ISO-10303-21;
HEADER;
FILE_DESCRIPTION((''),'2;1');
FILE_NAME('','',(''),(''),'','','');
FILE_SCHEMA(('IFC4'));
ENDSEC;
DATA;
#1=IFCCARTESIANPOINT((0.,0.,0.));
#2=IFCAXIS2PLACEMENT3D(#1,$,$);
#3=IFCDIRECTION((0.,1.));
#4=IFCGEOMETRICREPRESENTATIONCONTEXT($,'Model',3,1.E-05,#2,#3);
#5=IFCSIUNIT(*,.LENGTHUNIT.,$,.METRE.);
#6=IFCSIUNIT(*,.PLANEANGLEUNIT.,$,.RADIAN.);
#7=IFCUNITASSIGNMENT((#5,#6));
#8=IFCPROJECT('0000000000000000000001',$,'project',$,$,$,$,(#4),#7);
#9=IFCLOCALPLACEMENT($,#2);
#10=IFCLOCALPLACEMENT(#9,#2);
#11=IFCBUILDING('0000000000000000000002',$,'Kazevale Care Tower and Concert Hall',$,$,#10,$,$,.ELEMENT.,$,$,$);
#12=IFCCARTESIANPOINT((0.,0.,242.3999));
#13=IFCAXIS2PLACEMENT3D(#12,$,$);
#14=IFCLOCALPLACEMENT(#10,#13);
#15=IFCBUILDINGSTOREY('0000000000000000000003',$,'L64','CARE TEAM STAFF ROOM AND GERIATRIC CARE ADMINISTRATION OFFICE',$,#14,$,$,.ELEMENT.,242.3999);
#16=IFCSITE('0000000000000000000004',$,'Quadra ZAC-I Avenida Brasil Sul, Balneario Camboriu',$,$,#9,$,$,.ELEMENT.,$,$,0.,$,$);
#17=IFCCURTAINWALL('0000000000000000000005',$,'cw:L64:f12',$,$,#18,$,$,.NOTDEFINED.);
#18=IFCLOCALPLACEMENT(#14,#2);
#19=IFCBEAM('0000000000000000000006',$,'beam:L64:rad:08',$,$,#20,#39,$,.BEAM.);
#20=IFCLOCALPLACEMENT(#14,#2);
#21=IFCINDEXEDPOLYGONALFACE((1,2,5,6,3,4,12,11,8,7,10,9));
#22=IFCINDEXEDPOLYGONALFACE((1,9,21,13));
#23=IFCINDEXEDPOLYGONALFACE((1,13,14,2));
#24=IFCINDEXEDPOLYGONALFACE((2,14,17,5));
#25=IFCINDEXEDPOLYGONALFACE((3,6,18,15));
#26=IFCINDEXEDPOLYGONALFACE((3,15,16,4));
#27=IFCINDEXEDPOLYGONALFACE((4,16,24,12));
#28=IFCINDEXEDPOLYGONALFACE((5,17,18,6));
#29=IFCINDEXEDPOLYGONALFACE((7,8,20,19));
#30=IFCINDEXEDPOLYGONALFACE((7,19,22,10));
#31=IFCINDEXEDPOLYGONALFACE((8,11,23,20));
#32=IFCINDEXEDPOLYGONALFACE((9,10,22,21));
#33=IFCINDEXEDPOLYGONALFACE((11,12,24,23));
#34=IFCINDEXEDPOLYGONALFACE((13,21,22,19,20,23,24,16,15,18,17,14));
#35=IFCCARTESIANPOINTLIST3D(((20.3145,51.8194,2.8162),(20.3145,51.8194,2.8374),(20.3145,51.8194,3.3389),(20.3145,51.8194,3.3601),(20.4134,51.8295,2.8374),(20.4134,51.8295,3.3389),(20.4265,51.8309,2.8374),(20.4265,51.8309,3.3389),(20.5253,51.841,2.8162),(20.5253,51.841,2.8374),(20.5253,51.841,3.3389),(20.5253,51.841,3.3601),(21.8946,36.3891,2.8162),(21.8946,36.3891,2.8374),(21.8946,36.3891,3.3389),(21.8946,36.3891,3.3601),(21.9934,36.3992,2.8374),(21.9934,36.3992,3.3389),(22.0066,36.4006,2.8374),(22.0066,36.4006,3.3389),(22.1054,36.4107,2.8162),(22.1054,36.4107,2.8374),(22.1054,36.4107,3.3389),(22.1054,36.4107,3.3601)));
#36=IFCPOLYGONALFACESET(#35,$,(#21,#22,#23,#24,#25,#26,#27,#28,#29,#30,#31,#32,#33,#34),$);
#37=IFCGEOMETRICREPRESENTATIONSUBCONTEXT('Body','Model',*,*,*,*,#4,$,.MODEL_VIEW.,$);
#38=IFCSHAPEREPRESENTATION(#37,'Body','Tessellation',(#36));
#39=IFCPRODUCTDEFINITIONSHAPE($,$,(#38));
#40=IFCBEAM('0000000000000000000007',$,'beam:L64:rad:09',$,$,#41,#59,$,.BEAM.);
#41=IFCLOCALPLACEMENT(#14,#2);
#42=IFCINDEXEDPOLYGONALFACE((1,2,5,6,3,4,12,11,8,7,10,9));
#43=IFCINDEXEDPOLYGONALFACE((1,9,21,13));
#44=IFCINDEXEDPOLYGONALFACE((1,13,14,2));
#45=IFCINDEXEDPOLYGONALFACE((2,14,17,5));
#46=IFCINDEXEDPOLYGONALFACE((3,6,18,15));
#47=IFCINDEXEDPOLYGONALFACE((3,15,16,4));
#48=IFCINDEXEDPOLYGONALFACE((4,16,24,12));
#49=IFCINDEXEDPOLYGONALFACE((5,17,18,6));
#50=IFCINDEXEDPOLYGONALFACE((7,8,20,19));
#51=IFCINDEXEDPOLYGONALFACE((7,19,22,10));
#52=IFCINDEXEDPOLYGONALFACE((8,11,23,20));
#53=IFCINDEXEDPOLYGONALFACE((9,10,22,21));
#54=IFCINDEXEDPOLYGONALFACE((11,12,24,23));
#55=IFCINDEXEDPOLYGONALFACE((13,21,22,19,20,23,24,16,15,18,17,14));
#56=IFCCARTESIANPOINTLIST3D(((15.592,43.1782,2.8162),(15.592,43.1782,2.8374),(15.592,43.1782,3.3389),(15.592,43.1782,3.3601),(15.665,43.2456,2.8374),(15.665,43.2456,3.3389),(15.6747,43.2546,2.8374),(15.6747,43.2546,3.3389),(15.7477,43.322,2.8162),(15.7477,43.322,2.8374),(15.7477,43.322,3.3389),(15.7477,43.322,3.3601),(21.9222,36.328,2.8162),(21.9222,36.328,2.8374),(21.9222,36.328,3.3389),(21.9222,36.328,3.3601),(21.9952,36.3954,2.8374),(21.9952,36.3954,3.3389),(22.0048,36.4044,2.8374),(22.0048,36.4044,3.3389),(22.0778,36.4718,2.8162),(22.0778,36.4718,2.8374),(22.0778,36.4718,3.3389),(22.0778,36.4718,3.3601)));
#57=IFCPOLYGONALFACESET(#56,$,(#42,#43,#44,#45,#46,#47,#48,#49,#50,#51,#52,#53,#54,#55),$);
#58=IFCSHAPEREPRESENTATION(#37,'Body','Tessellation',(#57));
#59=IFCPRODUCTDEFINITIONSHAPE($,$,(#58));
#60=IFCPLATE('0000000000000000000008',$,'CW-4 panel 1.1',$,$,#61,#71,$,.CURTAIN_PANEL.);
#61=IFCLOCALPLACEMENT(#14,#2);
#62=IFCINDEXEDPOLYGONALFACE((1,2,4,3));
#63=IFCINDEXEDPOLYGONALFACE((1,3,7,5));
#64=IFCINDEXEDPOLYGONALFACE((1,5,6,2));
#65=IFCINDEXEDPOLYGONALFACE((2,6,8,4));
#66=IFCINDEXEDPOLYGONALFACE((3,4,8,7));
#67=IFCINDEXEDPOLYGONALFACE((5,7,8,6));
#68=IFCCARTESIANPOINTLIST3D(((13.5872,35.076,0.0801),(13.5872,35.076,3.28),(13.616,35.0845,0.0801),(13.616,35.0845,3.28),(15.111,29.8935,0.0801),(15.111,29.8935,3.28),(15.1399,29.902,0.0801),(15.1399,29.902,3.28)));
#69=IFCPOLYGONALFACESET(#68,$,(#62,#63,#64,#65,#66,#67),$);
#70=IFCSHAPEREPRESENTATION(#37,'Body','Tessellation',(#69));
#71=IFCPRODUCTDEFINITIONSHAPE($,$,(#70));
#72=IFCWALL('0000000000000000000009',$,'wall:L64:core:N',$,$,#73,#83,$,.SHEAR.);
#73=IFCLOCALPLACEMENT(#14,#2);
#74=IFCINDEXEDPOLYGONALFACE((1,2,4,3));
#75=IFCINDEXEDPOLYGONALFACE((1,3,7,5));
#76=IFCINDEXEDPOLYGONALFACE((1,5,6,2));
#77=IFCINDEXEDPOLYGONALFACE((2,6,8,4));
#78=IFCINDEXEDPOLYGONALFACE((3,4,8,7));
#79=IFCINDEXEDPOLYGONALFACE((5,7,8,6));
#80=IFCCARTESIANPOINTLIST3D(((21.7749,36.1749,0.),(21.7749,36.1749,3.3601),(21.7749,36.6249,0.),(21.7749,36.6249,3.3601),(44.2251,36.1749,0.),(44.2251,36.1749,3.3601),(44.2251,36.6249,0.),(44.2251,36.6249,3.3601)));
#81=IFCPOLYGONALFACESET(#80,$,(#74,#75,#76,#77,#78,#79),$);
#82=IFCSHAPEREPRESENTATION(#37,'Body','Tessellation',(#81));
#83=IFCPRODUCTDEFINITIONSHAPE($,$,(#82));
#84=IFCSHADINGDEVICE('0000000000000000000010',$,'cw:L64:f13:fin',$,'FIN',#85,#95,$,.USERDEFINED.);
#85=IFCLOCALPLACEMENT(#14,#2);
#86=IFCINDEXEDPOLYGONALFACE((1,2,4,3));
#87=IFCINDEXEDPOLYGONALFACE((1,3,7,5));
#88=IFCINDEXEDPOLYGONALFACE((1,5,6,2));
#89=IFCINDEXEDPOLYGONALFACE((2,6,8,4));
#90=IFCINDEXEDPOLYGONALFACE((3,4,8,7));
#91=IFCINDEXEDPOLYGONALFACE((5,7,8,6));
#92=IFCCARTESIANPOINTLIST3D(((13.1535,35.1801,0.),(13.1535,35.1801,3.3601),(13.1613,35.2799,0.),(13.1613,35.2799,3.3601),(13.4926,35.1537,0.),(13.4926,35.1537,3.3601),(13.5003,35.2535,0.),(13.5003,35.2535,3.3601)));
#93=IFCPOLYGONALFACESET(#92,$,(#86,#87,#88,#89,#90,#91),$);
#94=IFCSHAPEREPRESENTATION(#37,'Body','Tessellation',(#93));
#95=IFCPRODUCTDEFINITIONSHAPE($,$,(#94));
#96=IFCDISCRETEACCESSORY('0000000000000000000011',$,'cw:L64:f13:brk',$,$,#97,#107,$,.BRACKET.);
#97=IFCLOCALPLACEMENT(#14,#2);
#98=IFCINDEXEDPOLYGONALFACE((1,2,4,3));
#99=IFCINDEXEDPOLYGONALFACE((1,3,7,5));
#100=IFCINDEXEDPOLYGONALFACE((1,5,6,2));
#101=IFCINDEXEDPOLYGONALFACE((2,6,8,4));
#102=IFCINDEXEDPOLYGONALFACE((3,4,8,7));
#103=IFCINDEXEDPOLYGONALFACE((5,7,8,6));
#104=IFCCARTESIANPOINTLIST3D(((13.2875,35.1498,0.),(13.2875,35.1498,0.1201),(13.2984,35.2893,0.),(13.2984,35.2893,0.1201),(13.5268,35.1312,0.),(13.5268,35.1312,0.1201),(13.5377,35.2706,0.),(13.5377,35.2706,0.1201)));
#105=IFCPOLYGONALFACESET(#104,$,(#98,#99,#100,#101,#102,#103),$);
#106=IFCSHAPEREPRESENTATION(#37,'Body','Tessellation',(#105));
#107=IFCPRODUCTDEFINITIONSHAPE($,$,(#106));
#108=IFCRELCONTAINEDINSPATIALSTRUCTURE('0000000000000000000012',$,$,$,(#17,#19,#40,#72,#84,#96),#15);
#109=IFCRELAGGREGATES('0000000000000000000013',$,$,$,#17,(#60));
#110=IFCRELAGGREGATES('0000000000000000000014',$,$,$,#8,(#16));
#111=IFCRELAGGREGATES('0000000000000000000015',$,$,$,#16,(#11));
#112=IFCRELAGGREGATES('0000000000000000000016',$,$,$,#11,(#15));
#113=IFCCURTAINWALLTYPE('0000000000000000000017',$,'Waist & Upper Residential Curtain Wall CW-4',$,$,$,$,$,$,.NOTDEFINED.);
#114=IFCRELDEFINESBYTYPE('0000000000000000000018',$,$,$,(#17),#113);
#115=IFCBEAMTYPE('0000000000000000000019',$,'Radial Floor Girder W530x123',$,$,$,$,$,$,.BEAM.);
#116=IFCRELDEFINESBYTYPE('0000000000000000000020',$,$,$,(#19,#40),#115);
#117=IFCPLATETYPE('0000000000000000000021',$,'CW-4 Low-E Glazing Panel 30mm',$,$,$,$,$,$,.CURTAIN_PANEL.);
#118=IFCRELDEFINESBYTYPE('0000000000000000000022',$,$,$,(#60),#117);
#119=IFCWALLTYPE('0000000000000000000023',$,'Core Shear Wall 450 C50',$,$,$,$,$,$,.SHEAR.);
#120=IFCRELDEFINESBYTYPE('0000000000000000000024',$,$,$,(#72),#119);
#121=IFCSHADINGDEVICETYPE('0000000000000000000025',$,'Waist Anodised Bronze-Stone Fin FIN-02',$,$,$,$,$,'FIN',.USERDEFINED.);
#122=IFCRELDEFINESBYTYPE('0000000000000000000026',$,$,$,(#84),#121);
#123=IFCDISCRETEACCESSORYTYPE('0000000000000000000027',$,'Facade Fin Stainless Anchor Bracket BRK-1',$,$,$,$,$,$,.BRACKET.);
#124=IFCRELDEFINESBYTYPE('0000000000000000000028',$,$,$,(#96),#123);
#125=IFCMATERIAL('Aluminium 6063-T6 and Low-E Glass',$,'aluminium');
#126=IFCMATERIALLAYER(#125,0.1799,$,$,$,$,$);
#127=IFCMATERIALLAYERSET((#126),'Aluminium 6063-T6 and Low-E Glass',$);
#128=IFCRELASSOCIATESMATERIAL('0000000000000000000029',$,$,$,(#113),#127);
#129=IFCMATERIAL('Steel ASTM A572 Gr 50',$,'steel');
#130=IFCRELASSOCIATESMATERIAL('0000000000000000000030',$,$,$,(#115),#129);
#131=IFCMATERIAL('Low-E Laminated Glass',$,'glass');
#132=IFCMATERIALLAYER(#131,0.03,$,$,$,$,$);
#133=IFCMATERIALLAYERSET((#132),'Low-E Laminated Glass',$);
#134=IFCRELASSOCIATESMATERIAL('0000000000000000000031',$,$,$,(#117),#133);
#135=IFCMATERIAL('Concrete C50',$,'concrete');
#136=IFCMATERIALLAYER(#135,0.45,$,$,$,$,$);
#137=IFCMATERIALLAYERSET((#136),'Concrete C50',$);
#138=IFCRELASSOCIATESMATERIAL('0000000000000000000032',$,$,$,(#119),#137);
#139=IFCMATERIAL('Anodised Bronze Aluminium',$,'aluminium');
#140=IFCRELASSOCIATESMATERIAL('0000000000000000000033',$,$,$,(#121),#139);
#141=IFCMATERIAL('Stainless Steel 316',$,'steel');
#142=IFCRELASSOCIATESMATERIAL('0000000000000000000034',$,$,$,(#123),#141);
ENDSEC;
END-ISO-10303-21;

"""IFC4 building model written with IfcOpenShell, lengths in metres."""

from ifc_helpers import new_model, si_unit, direction, frame, frame_2d, origin, origin_2d, place, context, subcontext, project, spatial, rectangle, i_section, extrude, material, layer, layer_set, material_profile, profile_set, type_object, element, aggregate, save


model = new_model("IFC4")

# Units and contexts
model_context = context("Model", 3, precision=1e-05, world=origin(), true_north=direction((0.0, 1.0)))
body_context = subcontext(model_context, "Body", "Model", "MODEL_VIEW")
ifc_project = project(units=[si_unit("LENGTHUNIT", "METRE"), si_unit("PLANEANGLEUNIT", "RADIAN")], contexts=[model_context])

# Site, building, storey
site_placement = place(None, origin())
site = spatial("IfcSite", under=ifc_project, at=site_placement, Name="Quadra ZAC-I Avenida Brasil Sul, Balneario Camboriu", CompositionType="ELEMENT", RefElevation=0.0)
building_placement = place(site_placement, origin())
building = spatial("IfcBuilding", under=site, at=building_placement, Name="Kazevale Care Tower and Concert Hall", CompositionType="ELEMENT")
storey_placement = place(building_placement, frame((0.0, 0.0, 242.3999)))
storey = spatial("IfcBuildingStorey", under=building, at=storey_placement, Name="L64", Description="CARE TEAM STAFF ROOM AND GERIATRIC CARE ADMINISTRATION OFFICE", CompositionType="ELEMENT", Elevation=242.3999)

# Shared definitions
ifc_material_1 = material(Name="Concrete C50", Category="concrete")

# Curtain wall
ifc_material_2 = material(Name="Aluminium 6063-T6 and Low-E Glass", Category="aluminium")
ifc_layer_1 = layer(ifc_material_2, 0.1799)
ifc_layer_set_1 = layer_set([ifc_layer_1], Name="Aluminium 6063-T6 and Low-E Glass")
curtain_wall_type = type_object("IfcCurtainWallType", Name="Waist & Upper Residential Curtain Wall CW-4", PredefinedType="NOTDEFINED", material=ifc_layer_set_1)
curtain_wall_1_placement = place(storey_placement, origin())
curtain_wall_1 = element("IfcCurtainWall", 1, at=curtain_wall_1_placement, inside=storey, type_object=curtain_wall_type, Name="cw:L64:f12", PredefinedType="NOTDEFINED")

# Beams
ifc_material_3 = material(Name="Steel ASTM A572 Gr 50", Category="steel")
ifc_material_profile_1 = material_profile(ifc_material_3, i_section(OverallWidth=0.2119, OverallDepth=0.5439, WebThickness=0.0132, FlangeThickness=0.0212, at=origin_2d()), Name="W530x123")
ifc_profile_set_1 = profile_set([ifc_material_profile_1], Name="Steel ASTM A572 Gr 50")
beam_type_1 = type_object("IfcBeamType", Name="Radial Floor Girder W530x123", PredefinedType="BEAM", material=ifc_profile_set_1)
beam_1_placement = place(storey_placement, frame((22.0, 36.3999, 3.0881), z_axis=(-0.101869, 0.994798, 0.0), x_axis=(-0.994798, -0.101869, 0.0)))
element("IfcBeam", 2, at=beam_1_placement, inside=storey, type_object=beam_type_1, Name="beam:L64:rad:08", PredefinedType="BEAM", context=body_context, shape_type="SweptSolid", body=[
    extrude(i_section(OverallWidth=0.2119, OverallDepth=0.5439, WebThickness=0.0132, FlangeThickness=0.0212, at=origin_2d()), origin(), (0.0, 0.0, 1.0), 15.511),
])
beam_2_placement = place(storey_placement, frame((22.0, 36.3999, 3.0881), z_axis=(-0.67868, 0.734434, 0.0), x_axis=(-0.734434, -0.67868, 0.0)))
element("IfcBeam", 3, at=beam_2_placement, inside=storey, type_object=beam_type_1, Name="beam:L64:rad:09", PredefinedType="BEAM", context=body_context, shape_type="SweptSolid", body=[
    extrude(i_section(OverallWidth=0.2119, OverallDepth=0.5439, WebThickness=0.0132, FlangeThickness=0.0212, at=origin_2d()), origin(), (0.0, 0.0, 1.0), 9.3271),
])

# Plate
ifc_material_4 = material(Name="Low-E Laminated Glass", Category="glass")
ifc_layer_2 = layer(ifc_material_4, 0.03)
ifc_layer_set_2 = layer_set([ifc_layer_2], Name="Low-E Laminated Glass")
plate_type = type_object("IfcPlateType", Name="CW-4 Low-E Glazing Panel 30mm", PredefinedType="CURTAIN_PANEL", material=ifc_layer_set_2)
plate_placement = place(storey_placement, frame((14.3635, 32.489, 0.0801), z_axis=(0.0, 0.0, 1.0), x_axis=(-0.282098, 0.959386, 0.0)))
plate = element("IfcPlate", 4, at=plate_placement, type_object=plate_type, Name="CW-4 panel 1.1", PredefinedType="CURTAIN_PANEL", context=body_context, shape_type="SweptSolid", body=[
    extrude(rectangle(XDim=5.4019, YDim=0.03, at=origin_2d()), origin(), (0.0, 0.0, 1.0), 3.2),
])
aggregate(curtain_wall_1, [plate])

# Wall
ifc_layer_3 = layer(ifc_material_1, 0.45)
ifc_layer_set_3 = layer_set([ifc_layer_3], Name="Concrete C50")
wall_type = type_object("IfcWallType", Name="Core Shear Wall 450 C50", PredefinedType="SHEAR", material=ifc_layer_set_3)
wall_placement = place(storey_placement, frame((21.7749, 36.3999, 0.0), z_axis=(0.0, 0.0, 1.0), x_axis=(1.0, 0.0, 0.0)))
element("IfcWall", 5, at=wall_placement, inside=storey, type_object=wall_type, Name="wall:L64:core:N", PredefinedType="SHEAR", context=body_context, shape_type="SweptSolid", body=[
    extrude(rectangle(XDim=22.4502, YDim=0.45, at=frame_2d((11.2251, 0.0))), origin(), (0.0, 0.0, 1.0), 3.3601),
])

# Shading device
ifc_material_5 = material(Name="Anodised Bronze Aluminium", Category="aluminium")
shading_device_type = type_object("IfcShadingDeviceType", Name="Waist Anodised Bronze-Stone Fin FIN-02", ElementType="FIN", PredefinedType="USERDEFINED", material=ifc_material_5)
shading_device_placement = place(storey_placement, frame((13.3269, 35.2168, 0.0), z_axis=(0.0, 0.0, 1.0), x_axis=(-0.996985, 0.077589, 0.0)))
element("IfcShadingDevice", 6, at=shading_device_placement, inside=storey, type_object=shading_device_type, Name="cw:L64:f13:fin", ObjectType="FIN", PredefinedType="USERDEFINED", context=body_context, shape_type="SweptSolid", body=[
    extrude(rectangle(XDim=0.3401, YDim=0.1001, at=origin_2d()), origin(), (0.0, 0.0, 1.0), 3.3601),
])

# Discrete accessory
ifc_material_6 = material(Name="Stainless Steel 316", Category="steel")
discrete_accessory_type = type_object("IfcDiscreteAccessoryType", Name="Facade Fin Stainless Anchor Bracket BRK-1", PredefinedType="BRACKET", material=ifc_material_6)
discrete_accessory_placement = place(storey_placement, frame((13.4126, 35.2102, 0.0), z_axis=(0.0, 0.0, 1.0), x_axis=(-0.996985, 0.077589, 0.0)))
element("IfcDiscreteAccessory", 7, at=discrete_accessory_placement, inside=storey, type_object=discrete_accessory_type, Name="cw:L64:f13:brk", PredefinedType="BRACKET", context=body_context, shape_type="SweptSolid", body=[
    extrude(rectangle(XDim=0.24, YDim=0.1399, at=origin_2d()), origin(), (0.0, 0.0, 1.0), 0.1201),
])

save(model, "model.ifc")
